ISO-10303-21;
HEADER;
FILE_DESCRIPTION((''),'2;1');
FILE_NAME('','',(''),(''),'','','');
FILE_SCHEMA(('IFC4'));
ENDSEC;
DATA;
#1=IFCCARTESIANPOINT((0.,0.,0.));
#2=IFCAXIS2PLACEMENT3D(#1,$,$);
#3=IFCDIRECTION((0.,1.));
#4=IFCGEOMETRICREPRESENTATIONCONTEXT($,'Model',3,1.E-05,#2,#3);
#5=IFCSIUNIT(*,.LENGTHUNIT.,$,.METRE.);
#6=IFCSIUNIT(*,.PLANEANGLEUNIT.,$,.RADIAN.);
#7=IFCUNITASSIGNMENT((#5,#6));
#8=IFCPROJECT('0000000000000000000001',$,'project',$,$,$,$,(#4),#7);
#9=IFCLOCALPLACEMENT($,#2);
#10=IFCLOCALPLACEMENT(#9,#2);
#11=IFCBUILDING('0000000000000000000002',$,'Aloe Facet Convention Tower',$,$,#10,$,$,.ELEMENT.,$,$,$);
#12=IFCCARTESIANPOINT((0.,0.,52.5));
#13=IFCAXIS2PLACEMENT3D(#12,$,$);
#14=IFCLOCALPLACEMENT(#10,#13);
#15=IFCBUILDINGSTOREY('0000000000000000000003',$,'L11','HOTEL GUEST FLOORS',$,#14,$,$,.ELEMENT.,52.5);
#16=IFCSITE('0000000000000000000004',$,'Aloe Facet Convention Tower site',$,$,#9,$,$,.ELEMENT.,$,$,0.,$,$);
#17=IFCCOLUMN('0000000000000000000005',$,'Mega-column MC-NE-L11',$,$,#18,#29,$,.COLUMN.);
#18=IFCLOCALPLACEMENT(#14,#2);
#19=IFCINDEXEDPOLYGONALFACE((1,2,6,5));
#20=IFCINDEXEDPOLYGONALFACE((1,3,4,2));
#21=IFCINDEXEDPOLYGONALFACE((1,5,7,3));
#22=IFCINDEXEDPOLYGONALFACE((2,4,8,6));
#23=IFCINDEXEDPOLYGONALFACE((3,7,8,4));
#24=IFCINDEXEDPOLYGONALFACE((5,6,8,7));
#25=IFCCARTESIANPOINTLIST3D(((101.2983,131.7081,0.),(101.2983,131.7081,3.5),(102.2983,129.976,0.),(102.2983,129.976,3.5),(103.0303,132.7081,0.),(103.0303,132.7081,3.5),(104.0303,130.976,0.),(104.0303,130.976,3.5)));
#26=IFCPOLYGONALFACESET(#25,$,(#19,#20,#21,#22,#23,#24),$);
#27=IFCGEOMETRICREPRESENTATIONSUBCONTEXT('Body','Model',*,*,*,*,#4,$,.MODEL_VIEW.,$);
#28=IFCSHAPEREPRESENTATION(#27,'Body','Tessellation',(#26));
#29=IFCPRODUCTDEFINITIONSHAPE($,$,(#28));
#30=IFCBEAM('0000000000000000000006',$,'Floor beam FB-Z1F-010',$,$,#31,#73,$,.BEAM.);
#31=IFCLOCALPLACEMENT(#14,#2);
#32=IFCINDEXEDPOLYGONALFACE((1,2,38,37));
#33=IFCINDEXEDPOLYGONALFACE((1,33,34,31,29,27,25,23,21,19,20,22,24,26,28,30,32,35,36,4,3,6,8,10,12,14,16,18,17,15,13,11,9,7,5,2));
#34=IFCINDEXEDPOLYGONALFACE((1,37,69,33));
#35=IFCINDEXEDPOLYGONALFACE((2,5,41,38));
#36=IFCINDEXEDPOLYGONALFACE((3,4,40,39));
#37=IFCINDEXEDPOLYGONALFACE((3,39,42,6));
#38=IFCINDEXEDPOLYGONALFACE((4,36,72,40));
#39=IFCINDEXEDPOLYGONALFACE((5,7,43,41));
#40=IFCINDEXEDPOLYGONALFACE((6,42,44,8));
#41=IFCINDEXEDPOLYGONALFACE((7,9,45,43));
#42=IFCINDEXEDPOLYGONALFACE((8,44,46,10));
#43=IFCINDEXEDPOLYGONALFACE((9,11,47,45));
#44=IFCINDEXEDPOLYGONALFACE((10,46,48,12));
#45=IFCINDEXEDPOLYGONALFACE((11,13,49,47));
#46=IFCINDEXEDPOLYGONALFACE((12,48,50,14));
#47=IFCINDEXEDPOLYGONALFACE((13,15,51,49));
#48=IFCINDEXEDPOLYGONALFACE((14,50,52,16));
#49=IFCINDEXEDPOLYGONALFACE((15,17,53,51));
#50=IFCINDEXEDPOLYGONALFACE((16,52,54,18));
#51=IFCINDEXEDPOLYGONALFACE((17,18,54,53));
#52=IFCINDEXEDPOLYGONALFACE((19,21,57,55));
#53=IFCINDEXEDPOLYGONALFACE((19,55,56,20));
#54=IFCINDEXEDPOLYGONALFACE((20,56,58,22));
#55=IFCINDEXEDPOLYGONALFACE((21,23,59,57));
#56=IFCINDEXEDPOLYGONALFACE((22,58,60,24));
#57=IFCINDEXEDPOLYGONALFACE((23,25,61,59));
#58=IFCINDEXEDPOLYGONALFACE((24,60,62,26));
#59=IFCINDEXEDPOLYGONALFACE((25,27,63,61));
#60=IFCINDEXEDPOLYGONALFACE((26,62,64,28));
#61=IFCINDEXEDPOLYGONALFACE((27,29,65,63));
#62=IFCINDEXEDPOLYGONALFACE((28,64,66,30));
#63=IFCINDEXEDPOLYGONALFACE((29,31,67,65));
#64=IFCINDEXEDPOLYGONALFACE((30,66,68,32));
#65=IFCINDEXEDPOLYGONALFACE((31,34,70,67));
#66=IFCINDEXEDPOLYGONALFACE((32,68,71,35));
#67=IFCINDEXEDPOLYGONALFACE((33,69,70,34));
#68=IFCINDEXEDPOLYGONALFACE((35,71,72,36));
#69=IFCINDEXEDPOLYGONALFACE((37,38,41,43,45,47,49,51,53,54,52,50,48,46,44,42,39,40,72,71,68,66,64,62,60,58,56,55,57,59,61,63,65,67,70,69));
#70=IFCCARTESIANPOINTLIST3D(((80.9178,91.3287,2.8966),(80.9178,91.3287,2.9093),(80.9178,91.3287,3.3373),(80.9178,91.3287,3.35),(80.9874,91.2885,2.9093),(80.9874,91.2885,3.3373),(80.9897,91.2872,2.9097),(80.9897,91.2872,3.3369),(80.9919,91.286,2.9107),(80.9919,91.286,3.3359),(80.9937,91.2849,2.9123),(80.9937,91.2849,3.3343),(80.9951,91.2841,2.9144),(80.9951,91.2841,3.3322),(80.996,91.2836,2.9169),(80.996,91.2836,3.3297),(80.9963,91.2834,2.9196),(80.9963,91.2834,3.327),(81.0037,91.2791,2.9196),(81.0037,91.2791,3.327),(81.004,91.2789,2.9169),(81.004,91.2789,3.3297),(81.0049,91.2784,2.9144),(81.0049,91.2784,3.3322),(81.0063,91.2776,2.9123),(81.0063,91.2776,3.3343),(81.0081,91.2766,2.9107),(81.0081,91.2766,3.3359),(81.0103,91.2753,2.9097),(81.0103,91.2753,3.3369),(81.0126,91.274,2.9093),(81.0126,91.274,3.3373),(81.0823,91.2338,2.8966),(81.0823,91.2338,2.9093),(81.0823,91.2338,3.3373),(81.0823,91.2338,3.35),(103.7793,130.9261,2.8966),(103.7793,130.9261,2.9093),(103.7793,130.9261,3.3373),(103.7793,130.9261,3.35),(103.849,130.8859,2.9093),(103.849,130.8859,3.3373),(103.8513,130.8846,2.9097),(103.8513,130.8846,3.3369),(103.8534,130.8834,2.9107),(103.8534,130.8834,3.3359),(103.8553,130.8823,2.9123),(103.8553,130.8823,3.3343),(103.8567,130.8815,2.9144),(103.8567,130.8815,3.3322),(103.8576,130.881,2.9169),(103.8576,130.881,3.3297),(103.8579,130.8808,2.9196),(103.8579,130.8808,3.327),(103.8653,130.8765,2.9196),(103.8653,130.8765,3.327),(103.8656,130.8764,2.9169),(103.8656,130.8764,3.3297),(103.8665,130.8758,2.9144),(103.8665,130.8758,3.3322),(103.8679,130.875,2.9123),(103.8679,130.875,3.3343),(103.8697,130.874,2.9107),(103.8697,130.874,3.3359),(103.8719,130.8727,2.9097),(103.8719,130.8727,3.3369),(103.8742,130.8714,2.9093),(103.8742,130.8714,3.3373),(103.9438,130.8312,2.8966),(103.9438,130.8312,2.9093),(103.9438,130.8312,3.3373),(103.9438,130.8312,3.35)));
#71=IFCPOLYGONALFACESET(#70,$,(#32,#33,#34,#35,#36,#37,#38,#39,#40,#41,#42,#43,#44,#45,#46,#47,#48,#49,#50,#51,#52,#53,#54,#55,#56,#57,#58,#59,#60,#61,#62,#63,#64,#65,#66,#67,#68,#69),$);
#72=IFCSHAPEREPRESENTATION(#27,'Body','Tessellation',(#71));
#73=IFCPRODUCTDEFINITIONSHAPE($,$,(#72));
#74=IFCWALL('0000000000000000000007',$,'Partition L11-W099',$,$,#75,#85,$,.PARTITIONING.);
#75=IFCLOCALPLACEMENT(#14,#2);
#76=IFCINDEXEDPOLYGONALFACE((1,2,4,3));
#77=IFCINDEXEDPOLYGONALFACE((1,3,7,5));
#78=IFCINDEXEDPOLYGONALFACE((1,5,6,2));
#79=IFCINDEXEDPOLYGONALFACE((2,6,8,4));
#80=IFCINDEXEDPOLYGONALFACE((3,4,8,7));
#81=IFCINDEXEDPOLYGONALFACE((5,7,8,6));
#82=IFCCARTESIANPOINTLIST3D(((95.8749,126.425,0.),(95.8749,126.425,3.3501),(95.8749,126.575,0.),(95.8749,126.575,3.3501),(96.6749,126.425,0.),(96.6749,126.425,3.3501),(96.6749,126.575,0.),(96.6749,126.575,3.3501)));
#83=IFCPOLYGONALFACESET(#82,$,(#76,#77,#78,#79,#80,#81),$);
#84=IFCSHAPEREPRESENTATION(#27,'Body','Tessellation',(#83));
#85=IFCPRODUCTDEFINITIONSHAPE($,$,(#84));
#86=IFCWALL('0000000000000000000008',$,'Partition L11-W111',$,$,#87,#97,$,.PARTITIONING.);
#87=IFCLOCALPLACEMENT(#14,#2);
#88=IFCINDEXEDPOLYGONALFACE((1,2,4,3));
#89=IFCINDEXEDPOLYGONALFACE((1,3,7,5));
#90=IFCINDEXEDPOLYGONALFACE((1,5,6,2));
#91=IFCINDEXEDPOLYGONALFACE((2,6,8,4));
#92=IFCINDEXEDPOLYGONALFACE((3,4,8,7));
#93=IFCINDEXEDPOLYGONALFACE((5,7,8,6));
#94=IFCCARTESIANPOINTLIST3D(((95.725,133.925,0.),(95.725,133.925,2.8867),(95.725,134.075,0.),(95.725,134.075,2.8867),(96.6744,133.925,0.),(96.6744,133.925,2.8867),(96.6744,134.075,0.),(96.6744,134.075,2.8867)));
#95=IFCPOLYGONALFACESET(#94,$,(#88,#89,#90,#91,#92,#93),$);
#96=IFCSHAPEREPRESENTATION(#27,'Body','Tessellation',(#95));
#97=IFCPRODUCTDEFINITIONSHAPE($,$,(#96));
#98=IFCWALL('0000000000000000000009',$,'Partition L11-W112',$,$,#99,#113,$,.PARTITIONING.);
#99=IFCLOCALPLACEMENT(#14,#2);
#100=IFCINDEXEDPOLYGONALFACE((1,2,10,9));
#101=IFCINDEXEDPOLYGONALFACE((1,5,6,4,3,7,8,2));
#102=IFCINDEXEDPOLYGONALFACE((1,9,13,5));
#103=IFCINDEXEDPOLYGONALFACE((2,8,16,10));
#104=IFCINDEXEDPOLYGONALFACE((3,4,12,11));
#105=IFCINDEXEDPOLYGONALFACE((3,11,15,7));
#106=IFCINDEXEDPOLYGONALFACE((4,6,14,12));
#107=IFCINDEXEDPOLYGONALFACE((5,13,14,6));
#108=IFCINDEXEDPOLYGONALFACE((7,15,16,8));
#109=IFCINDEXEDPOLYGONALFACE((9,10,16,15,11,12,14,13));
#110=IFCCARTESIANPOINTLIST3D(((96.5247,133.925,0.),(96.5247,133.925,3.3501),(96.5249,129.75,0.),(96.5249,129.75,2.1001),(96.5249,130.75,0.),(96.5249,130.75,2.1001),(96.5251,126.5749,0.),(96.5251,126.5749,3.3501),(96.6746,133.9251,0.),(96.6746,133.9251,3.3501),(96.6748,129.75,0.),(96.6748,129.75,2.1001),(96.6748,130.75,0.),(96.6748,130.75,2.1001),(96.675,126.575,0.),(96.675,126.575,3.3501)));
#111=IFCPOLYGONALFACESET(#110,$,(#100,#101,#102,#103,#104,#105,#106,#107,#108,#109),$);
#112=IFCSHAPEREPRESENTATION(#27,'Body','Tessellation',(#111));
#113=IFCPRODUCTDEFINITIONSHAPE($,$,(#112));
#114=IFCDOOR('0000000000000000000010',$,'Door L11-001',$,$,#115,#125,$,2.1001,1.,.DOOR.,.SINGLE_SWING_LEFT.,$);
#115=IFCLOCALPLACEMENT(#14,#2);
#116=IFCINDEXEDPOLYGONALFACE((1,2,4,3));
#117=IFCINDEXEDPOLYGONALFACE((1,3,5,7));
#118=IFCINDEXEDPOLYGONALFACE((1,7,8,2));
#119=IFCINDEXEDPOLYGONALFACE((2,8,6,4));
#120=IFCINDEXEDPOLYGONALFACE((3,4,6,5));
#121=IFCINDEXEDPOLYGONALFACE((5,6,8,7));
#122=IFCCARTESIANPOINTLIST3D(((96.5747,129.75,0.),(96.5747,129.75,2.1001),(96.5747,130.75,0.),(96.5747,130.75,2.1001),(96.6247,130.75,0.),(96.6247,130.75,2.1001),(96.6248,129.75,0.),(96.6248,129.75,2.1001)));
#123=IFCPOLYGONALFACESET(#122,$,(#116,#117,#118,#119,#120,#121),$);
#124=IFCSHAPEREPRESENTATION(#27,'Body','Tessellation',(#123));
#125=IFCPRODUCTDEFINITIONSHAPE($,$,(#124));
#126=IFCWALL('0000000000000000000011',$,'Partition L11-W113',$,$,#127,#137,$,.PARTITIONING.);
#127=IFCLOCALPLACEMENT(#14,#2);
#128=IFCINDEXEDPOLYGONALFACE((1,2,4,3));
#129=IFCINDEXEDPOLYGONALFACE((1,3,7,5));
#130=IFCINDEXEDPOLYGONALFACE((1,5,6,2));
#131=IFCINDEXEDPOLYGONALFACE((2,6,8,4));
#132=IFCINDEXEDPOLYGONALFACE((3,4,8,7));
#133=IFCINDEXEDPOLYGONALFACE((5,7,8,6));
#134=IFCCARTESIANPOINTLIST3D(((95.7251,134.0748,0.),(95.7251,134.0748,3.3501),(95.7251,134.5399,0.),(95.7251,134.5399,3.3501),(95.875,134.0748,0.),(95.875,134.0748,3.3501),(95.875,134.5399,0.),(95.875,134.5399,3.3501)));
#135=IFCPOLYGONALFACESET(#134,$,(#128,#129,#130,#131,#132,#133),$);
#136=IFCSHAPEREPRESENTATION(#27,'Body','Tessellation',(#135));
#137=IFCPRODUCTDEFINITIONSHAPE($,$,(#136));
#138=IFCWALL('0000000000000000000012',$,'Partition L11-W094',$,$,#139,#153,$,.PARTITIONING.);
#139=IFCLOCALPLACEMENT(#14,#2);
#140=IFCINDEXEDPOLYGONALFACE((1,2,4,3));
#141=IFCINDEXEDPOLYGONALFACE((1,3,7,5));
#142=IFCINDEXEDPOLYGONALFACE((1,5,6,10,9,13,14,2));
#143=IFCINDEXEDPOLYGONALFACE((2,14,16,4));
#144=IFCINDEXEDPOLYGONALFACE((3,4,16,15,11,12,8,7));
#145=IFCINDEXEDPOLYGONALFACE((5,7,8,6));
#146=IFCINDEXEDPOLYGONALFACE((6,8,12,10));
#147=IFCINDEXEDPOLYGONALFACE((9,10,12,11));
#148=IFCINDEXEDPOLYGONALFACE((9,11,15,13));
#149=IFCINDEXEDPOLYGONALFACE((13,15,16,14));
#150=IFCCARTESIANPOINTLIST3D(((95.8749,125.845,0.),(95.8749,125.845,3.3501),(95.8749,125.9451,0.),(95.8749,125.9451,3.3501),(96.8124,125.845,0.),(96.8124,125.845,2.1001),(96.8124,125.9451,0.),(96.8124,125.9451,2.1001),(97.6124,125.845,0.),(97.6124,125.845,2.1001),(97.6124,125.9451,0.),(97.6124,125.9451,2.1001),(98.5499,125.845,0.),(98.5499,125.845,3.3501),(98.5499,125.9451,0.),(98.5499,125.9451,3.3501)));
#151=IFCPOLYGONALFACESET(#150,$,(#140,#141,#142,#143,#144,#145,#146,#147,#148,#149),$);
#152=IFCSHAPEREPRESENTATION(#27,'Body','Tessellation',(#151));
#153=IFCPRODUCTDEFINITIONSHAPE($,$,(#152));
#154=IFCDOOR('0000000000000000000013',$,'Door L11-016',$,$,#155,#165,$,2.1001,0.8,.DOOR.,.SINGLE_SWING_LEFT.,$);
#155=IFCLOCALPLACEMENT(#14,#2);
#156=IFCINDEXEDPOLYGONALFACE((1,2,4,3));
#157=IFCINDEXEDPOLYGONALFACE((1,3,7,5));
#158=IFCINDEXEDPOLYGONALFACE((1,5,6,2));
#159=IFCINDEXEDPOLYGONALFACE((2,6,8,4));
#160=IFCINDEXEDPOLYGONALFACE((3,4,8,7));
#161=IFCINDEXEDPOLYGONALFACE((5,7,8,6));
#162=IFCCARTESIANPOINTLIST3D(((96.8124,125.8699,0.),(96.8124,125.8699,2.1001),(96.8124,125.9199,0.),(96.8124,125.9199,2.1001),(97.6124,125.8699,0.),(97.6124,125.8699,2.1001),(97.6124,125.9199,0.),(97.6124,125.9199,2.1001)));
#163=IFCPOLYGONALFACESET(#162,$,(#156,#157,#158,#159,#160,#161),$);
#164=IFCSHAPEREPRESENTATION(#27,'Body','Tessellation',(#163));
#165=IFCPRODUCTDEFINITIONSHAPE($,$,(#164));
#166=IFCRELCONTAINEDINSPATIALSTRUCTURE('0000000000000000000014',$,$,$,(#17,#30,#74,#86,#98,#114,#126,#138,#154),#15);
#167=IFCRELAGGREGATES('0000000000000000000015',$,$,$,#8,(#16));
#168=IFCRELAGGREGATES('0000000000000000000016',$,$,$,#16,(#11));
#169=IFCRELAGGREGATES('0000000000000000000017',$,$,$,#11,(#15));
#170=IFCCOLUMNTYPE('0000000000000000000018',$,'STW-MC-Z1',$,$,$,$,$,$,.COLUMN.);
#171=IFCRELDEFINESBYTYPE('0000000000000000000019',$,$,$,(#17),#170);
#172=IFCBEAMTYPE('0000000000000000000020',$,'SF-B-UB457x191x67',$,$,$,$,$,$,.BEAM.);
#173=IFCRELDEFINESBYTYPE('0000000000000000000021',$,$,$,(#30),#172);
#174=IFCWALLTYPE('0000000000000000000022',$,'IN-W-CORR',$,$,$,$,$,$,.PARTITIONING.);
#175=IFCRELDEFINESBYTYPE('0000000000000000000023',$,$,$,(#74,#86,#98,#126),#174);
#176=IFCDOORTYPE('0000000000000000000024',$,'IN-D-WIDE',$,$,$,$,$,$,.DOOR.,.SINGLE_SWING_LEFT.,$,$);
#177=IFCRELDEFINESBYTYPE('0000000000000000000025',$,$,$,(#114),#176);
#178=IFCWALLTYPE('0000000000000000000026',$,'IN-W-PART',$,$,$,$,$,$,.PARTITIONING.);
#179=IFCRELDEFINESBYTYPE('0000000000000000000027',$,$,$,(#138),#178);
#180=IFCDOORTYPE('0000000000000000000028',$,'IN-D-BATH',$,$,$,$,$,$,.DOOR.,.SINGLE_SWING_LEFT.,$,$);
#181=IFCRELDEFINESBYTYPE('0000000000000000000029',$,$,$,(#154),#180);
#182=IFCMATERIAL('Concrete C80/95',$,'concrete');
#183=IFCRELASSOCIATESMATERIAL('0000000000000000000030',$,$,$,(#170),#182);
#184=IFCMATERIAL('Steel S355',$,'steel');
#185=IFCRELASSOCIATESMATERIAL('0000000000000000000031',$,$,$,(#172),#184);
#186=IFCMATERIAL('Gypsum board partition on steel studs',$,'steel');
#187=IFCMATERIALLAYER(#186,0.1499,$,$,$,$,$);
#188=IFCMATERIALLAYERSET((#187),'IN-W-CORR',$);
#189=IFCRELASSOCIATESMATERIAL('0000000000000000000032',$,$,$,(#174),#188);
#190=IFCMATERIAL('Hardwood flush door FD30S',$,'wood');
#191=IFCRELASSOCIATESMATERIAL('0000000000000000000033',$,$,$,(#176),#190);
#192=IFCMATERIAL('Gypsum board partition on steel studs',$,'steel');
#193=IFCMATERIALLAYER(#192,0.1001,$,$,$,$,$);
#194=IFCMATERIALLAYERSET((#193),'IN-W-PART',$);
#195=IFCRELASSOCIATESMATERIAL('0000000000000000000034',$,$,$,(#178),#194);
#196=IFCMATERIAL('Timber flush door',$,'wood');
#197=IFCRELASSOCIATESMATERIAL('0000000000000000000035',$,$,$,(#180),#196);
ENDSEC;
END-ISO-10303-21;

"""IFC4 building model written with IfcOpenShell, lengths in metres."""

from ifc_helpers import new_model, si_unit, direction, frame, frame_2d, origin, origin_2d, place, context, subcontext, project, spatial, rectangle, i_section, extrude, material, layer, layer_set, material_profile, profile_set, type_object, element, fill, save


model = new_model("IFC4")

# Units and contexts
model_context = context("Model", 3, precision=1e-05, world=origin(), true_north=direction((0.0, 1.0)))
body_context = subcontext(model_context, "Body", "Model", "MODEL_VIEW")
ifc_project = project(units=[si_unit("LENGTHUNIT", "METRE"), si_unit("PLANEANGLEUNIT", "RADIAN")], contexts=[model_context])

# Site, building, storey
site_placement = place(None, origin())
site = spatial("IfcSite", under=ifc_project, at=site_placement, Name="Aloe Facet Convention Tower site", CompositionType="ELEMENT", RefElevation=0.0)
building_placement = place(site_placement, origin())
building = spatial("IfcBuilding", under=site, at=building_placement, Name="Aloe Facet Convention Tower", CompositionType="ELEMENT")
storey_placement = place(building_placement, frame((0.0, 0.0, 52.5)))
storey = spatial("IfcBuildingStorey", under=building, at=storey_placement, Name="L11", Description="HOTEL GUEST FLOORS", CompositionType="ELEMENT", Elevation=52.5)

# Column
ifc_material_1 = material(Name="Concrete C80/95", Category="concrete")
ifc_material_profile_1 = material_profile(ifc_material_1, rectangle(XDim=2.0, YDim=2.0, at=origin_2d()), Name="STW-MC-Z1")
ifc_profile_set_1 = profile_set([ifc_material_profile_1], Name="Concrete C80/95")
column_type = type_object("IfcColumnType", Name="STW-MC-Z1", PredefinedType="COLUMN", material=ifc_profile_set_1)
column_placement = place(storey_placement, frame((102.6643, 131.342, 0.0), z_axis=(0.0, 0.0, 1.0), x_axis=(-0.5, 0.866025, 0.0)))
element("IfcColumn", 1, at=column_placement, inside=storey, type_object=column_type, Name="Mega-column MC-NE-L11", PredefinedType="COLUMN", context=body_context, shape_type="SweptSolid", body=[
    extrude(rectangle(XDim=2.0, YDim=2.0, at=origin_2d()), origin(), (0.0, 0.0, 1.0), 3.5),
])

# Beam
ifc_material_2 = material(Name="Steel S355", Category="steel")
ifc_material_profile_2 = material_profile(ifc_material_2, i_section(OverallWidth=0.1899, OverallDepth=0.4534, WebThickness=0.0085, FlangeThickness=0.0127, FilletRadius=0.0103, at=origin_2d()), Name="UB 457x191x67")
ifc_profile_set_2 = profile_set([ifc_material_profile_2], Name="Steel S355")
beam_type = type_object("IfcBeamType", Name="SF-B-UB457x191x67", PredefinedType="BEAM", material=ifc_profile_set_2)
beam_placement = place(storey_placement, frame((103.8616, 130.8787, 3.1233), z_axis=(-0.5, -0.866025, 0.0), x_axis=(0.866025, -0.5, 0.0)))
element("IfcBeam", 2, at=beam_placement, inside=storey, type_object=beam_type, Name="Floor beam FB-Z1F-010", PredefinedType="BEAM", context=body_context, shape_type="SweptSolid", body=[
    extrude(i_section(OverallWidth=0.1899, OverallDepth=0.4534, WebThickness=0.0085, FlangeThickness=0.0127, FilletRadius=0.0103, at=origin_2d()), origin(), (0.0, 0.0, 1.0), 45.7231),
])

# Walls
ifc_material_3 = material(Name="Gypsum board partition on steel studs", Category="steel")
ifc_layer_1 = layer(ifc_material_3, 0.1499)
ifc_layer_set_1 = layer_set([ifc_layer_1], Name="IN-W-CORR")
wall_type_1 = type_object("IfcWallType", Name="IN-W-CORR", PredefinedType="PARTITIONING", material=ifc_layer_set_1)
wall_1_placement = place(storey_placement, frame((95.875, 126.5, 0.0), z_axis=(0.0, 0.0, 1.0), x_axis=(1.0, 0.0, 0.0)))
element("IfcWall", 3, at=wall_1_placement, inside=storey, type_object=wall_type_1, Name="Partition L11-W099", PredefinedType="PARTITIONING", context=body_context, shape_type="SweptSolid", body=[
    extrude(rectangle(XDim=0.8, YDim=0.1499, at=frame_2d((0.3999, 0.0))), origin(), (0.0, 0.0, 1.0), 3.3501),
])
wall_2_placement = place(storey_placement, frame((95.7251, 134.0, 0.0), z_axis=(0.0, 0.0, 1.0), x_axis=(1.0, 0.0, 0.0)))
element("IfcWall", 4, at=wall_2_placement, inside=storey, type_object=wall_type_1, Name="Partition L11-W111", PredefinedType="PARTITIONING", context=body_context, shape_type="SweptSolid", body=[
    extrude(rectangle(XDim=0.9495, YDim=0.1499, at=frame_2d((0.4746, 0.0))), origin(), (0.0, 0.0, 1.0), 2.8867),
])

# Wall, opening, door
wall_3_placement = place(storey_placement, frame((96.5996, 133.925, 0.0), z_axis=(0.0, 0.0, 1.0), x_axis=(0.000066, -1.0, 0.0)))
wall_3 = element("IfcWall", 5, at=wall_3_placement, inside=storey, type_object=wall_type_1, Name="Partition L11-W112", PredefinedType="PARTITIONING", context=body_context, shape_type="SweptSolid", body=[
    extrude(rectangle(XDim=7.3501, YDim=0.1499, at=frame_2d((3.675, 0.0))), origin(), (0.0, 0.0, 1.0), 3.3501),
])
opening_1_placement = place(wall_3_placement, frame((3.175, 0.0, 0.0)))
opening_1 = element("IfcOpeningElement", 6, at=opening_1_placement, cuts=wall_3, PredefinedType="OPENING", context=body_context, shape_type="SweptSolid", body=[
    extrude(rectangle(XDim=1.0, YDim=2.1001, at=frame_2d((0.5, 1.05))), frame((0.0, 0.085, 0.0), z_axis=(0.0, -1.0, 0.0), x_axis=(1.0, 0.0, 0.0)), (0.0, 0.0, 1.0), 0.1699),
])
ifc_material_4 = material(Name="Hardwood flush door FD30S", Category="wood")
door_type_1 = type_object("IfcDoorType", Name="IN-D-WIDE", OperationType="SINGLE_SWING_LEFT", PredefinedType="DOOR", material=ifc_material_4)
door_1_placement = place(opening_1_placement, origin())
door_1 = element("IfcDoor", 7, at=door_1_placement, inside=storey, type_object=door_type_1, Name="Door L11-001", OperationType="SINGLE_SWING_LEFT", OverallHeight=2.1001, OverallWidth=1.0, PredefinedType="DOOR", context=body_context, shape_type="SweptSolid", body=[
    extrude(rectangle(XDim=1.0, YDim=2.1001, at=frame_2d((0.5, 1.05))), frame((0.0, 0.0249, 0.0), z_axis=(0.0, -1.0, 0.0), x_axis=(1.0, 0.0, 0.0)), (0.0, 0.0, 1.0), 0.05),
])
fill(opening_1, door_1)

# Wall
wall_4_placement = place(storey_placement, frame((95.8, 134.075, 0.0), z_axis=(0.0, 0.0, 1.0), x_axis=(0.0, 1.0, 0.0)))
element("IfcWall", 8, at=wall_4_placement, inside=storey, type_object=wall_type_1, Name="Partition L11-W113", PredefinedType="PARTITIONING", context=body_context, shape_type="SweptSolid", body=[
    extrude(rectangle(XDim=0.4651, YDim=0.1499, at=frame_2d((0.2324, 0.0))), origin(), (0.0, 0.0, 1.0), 3.3501),
])

# Wall, opening, door
ifc_material_5 = material(Name="Gypsum board partition on steel studs", Category="steel")
ifc_layer_2 = layer(ifc_material_5, 0.1001)
ifc_layer_set_2 = layer_set([ifc_layer_2], Name="IN-W-PART")
wall_type_2 = type_object("IfcWallType", Name="IN-W-PART", PredefinedType="PARTITIONING", material=ifc_layer_set_2)
wall_5_placement = place(storey_placement, frame((95.875, 125.895, 0.0), z_axis=(0.0, 0.0, 1.0), x_axis=(1.0, 0.0, 0.0)))
wall_5 = element("IfcWall", 9, at=wall_5_placement, inside=storey, type_object=wall_type_2, Name="Partition L11-W094", PredefinedType="PARTITIONING", context=body_context, shape_type="SweptSolid", body=[
    extrude(rectangle(XDim=2.675, YDim=0.1001, at=frame_2d((1.3374, 0.0))), origin(), (0.0, 0.0, 1.0), 3.3501),
])
opening_2_placement = place(wall_5_placement, frame((0.9375, 0.0, 0.0)))
opening_2 = element("IfcOpeningElement", 10, at=opening_2_placement, cuts=wall_5, PredefinedType="OPENING", context=body_context, shape_type="SweptSolid", body=[
    extrude(rectangle(XDim=0.8, YDim=2.1001, at=frame_2d((0.3999, 1.05))), frame((0.0, 0.0601, 0.0), z_axis=(0.0, -1.0, 0.0), x_axis=(1.0, 0.0, 0.0)), (0.0, 0.0, 1.0), 0.1201),
])
ifc_material_6 = material(Name="Timber flush door", Category="wood")
door_type_2 = type_object("IfcDoorType", Name="IN-D-BATH", OperationType="SINGLE_SWING_LEFT", PredefinedType="DOOR", material=ifc_material_6)
door_2_placement = place(opening_2_placement, origin())
door_2 = element("IfcDoor", 11, at=door_2_placement, inside=storey, type_object=door_type_2, Name="Door L11-016", OperationType="SINGLE_SWING_LEFT", OverallHeight=2.1001, OverallWidth=0.8, PredefinedType="DOOR", context=body_context, shape_type="SweptSolid", body=[
    extrude(rectangle(XDim=0.8, YDim=2.1001, at=frame_2d((0.3999, 1.05))), frame((0.0, 0.0249, 0.0), z_axis=(0.0, -1.0, 0.0), x_axis=(1.0, 0.0, 0.0)), (0.0, 0.0, 1.0), 0.05),
])
fill(opening_2, door_2)

save(model, "model.ifc")
